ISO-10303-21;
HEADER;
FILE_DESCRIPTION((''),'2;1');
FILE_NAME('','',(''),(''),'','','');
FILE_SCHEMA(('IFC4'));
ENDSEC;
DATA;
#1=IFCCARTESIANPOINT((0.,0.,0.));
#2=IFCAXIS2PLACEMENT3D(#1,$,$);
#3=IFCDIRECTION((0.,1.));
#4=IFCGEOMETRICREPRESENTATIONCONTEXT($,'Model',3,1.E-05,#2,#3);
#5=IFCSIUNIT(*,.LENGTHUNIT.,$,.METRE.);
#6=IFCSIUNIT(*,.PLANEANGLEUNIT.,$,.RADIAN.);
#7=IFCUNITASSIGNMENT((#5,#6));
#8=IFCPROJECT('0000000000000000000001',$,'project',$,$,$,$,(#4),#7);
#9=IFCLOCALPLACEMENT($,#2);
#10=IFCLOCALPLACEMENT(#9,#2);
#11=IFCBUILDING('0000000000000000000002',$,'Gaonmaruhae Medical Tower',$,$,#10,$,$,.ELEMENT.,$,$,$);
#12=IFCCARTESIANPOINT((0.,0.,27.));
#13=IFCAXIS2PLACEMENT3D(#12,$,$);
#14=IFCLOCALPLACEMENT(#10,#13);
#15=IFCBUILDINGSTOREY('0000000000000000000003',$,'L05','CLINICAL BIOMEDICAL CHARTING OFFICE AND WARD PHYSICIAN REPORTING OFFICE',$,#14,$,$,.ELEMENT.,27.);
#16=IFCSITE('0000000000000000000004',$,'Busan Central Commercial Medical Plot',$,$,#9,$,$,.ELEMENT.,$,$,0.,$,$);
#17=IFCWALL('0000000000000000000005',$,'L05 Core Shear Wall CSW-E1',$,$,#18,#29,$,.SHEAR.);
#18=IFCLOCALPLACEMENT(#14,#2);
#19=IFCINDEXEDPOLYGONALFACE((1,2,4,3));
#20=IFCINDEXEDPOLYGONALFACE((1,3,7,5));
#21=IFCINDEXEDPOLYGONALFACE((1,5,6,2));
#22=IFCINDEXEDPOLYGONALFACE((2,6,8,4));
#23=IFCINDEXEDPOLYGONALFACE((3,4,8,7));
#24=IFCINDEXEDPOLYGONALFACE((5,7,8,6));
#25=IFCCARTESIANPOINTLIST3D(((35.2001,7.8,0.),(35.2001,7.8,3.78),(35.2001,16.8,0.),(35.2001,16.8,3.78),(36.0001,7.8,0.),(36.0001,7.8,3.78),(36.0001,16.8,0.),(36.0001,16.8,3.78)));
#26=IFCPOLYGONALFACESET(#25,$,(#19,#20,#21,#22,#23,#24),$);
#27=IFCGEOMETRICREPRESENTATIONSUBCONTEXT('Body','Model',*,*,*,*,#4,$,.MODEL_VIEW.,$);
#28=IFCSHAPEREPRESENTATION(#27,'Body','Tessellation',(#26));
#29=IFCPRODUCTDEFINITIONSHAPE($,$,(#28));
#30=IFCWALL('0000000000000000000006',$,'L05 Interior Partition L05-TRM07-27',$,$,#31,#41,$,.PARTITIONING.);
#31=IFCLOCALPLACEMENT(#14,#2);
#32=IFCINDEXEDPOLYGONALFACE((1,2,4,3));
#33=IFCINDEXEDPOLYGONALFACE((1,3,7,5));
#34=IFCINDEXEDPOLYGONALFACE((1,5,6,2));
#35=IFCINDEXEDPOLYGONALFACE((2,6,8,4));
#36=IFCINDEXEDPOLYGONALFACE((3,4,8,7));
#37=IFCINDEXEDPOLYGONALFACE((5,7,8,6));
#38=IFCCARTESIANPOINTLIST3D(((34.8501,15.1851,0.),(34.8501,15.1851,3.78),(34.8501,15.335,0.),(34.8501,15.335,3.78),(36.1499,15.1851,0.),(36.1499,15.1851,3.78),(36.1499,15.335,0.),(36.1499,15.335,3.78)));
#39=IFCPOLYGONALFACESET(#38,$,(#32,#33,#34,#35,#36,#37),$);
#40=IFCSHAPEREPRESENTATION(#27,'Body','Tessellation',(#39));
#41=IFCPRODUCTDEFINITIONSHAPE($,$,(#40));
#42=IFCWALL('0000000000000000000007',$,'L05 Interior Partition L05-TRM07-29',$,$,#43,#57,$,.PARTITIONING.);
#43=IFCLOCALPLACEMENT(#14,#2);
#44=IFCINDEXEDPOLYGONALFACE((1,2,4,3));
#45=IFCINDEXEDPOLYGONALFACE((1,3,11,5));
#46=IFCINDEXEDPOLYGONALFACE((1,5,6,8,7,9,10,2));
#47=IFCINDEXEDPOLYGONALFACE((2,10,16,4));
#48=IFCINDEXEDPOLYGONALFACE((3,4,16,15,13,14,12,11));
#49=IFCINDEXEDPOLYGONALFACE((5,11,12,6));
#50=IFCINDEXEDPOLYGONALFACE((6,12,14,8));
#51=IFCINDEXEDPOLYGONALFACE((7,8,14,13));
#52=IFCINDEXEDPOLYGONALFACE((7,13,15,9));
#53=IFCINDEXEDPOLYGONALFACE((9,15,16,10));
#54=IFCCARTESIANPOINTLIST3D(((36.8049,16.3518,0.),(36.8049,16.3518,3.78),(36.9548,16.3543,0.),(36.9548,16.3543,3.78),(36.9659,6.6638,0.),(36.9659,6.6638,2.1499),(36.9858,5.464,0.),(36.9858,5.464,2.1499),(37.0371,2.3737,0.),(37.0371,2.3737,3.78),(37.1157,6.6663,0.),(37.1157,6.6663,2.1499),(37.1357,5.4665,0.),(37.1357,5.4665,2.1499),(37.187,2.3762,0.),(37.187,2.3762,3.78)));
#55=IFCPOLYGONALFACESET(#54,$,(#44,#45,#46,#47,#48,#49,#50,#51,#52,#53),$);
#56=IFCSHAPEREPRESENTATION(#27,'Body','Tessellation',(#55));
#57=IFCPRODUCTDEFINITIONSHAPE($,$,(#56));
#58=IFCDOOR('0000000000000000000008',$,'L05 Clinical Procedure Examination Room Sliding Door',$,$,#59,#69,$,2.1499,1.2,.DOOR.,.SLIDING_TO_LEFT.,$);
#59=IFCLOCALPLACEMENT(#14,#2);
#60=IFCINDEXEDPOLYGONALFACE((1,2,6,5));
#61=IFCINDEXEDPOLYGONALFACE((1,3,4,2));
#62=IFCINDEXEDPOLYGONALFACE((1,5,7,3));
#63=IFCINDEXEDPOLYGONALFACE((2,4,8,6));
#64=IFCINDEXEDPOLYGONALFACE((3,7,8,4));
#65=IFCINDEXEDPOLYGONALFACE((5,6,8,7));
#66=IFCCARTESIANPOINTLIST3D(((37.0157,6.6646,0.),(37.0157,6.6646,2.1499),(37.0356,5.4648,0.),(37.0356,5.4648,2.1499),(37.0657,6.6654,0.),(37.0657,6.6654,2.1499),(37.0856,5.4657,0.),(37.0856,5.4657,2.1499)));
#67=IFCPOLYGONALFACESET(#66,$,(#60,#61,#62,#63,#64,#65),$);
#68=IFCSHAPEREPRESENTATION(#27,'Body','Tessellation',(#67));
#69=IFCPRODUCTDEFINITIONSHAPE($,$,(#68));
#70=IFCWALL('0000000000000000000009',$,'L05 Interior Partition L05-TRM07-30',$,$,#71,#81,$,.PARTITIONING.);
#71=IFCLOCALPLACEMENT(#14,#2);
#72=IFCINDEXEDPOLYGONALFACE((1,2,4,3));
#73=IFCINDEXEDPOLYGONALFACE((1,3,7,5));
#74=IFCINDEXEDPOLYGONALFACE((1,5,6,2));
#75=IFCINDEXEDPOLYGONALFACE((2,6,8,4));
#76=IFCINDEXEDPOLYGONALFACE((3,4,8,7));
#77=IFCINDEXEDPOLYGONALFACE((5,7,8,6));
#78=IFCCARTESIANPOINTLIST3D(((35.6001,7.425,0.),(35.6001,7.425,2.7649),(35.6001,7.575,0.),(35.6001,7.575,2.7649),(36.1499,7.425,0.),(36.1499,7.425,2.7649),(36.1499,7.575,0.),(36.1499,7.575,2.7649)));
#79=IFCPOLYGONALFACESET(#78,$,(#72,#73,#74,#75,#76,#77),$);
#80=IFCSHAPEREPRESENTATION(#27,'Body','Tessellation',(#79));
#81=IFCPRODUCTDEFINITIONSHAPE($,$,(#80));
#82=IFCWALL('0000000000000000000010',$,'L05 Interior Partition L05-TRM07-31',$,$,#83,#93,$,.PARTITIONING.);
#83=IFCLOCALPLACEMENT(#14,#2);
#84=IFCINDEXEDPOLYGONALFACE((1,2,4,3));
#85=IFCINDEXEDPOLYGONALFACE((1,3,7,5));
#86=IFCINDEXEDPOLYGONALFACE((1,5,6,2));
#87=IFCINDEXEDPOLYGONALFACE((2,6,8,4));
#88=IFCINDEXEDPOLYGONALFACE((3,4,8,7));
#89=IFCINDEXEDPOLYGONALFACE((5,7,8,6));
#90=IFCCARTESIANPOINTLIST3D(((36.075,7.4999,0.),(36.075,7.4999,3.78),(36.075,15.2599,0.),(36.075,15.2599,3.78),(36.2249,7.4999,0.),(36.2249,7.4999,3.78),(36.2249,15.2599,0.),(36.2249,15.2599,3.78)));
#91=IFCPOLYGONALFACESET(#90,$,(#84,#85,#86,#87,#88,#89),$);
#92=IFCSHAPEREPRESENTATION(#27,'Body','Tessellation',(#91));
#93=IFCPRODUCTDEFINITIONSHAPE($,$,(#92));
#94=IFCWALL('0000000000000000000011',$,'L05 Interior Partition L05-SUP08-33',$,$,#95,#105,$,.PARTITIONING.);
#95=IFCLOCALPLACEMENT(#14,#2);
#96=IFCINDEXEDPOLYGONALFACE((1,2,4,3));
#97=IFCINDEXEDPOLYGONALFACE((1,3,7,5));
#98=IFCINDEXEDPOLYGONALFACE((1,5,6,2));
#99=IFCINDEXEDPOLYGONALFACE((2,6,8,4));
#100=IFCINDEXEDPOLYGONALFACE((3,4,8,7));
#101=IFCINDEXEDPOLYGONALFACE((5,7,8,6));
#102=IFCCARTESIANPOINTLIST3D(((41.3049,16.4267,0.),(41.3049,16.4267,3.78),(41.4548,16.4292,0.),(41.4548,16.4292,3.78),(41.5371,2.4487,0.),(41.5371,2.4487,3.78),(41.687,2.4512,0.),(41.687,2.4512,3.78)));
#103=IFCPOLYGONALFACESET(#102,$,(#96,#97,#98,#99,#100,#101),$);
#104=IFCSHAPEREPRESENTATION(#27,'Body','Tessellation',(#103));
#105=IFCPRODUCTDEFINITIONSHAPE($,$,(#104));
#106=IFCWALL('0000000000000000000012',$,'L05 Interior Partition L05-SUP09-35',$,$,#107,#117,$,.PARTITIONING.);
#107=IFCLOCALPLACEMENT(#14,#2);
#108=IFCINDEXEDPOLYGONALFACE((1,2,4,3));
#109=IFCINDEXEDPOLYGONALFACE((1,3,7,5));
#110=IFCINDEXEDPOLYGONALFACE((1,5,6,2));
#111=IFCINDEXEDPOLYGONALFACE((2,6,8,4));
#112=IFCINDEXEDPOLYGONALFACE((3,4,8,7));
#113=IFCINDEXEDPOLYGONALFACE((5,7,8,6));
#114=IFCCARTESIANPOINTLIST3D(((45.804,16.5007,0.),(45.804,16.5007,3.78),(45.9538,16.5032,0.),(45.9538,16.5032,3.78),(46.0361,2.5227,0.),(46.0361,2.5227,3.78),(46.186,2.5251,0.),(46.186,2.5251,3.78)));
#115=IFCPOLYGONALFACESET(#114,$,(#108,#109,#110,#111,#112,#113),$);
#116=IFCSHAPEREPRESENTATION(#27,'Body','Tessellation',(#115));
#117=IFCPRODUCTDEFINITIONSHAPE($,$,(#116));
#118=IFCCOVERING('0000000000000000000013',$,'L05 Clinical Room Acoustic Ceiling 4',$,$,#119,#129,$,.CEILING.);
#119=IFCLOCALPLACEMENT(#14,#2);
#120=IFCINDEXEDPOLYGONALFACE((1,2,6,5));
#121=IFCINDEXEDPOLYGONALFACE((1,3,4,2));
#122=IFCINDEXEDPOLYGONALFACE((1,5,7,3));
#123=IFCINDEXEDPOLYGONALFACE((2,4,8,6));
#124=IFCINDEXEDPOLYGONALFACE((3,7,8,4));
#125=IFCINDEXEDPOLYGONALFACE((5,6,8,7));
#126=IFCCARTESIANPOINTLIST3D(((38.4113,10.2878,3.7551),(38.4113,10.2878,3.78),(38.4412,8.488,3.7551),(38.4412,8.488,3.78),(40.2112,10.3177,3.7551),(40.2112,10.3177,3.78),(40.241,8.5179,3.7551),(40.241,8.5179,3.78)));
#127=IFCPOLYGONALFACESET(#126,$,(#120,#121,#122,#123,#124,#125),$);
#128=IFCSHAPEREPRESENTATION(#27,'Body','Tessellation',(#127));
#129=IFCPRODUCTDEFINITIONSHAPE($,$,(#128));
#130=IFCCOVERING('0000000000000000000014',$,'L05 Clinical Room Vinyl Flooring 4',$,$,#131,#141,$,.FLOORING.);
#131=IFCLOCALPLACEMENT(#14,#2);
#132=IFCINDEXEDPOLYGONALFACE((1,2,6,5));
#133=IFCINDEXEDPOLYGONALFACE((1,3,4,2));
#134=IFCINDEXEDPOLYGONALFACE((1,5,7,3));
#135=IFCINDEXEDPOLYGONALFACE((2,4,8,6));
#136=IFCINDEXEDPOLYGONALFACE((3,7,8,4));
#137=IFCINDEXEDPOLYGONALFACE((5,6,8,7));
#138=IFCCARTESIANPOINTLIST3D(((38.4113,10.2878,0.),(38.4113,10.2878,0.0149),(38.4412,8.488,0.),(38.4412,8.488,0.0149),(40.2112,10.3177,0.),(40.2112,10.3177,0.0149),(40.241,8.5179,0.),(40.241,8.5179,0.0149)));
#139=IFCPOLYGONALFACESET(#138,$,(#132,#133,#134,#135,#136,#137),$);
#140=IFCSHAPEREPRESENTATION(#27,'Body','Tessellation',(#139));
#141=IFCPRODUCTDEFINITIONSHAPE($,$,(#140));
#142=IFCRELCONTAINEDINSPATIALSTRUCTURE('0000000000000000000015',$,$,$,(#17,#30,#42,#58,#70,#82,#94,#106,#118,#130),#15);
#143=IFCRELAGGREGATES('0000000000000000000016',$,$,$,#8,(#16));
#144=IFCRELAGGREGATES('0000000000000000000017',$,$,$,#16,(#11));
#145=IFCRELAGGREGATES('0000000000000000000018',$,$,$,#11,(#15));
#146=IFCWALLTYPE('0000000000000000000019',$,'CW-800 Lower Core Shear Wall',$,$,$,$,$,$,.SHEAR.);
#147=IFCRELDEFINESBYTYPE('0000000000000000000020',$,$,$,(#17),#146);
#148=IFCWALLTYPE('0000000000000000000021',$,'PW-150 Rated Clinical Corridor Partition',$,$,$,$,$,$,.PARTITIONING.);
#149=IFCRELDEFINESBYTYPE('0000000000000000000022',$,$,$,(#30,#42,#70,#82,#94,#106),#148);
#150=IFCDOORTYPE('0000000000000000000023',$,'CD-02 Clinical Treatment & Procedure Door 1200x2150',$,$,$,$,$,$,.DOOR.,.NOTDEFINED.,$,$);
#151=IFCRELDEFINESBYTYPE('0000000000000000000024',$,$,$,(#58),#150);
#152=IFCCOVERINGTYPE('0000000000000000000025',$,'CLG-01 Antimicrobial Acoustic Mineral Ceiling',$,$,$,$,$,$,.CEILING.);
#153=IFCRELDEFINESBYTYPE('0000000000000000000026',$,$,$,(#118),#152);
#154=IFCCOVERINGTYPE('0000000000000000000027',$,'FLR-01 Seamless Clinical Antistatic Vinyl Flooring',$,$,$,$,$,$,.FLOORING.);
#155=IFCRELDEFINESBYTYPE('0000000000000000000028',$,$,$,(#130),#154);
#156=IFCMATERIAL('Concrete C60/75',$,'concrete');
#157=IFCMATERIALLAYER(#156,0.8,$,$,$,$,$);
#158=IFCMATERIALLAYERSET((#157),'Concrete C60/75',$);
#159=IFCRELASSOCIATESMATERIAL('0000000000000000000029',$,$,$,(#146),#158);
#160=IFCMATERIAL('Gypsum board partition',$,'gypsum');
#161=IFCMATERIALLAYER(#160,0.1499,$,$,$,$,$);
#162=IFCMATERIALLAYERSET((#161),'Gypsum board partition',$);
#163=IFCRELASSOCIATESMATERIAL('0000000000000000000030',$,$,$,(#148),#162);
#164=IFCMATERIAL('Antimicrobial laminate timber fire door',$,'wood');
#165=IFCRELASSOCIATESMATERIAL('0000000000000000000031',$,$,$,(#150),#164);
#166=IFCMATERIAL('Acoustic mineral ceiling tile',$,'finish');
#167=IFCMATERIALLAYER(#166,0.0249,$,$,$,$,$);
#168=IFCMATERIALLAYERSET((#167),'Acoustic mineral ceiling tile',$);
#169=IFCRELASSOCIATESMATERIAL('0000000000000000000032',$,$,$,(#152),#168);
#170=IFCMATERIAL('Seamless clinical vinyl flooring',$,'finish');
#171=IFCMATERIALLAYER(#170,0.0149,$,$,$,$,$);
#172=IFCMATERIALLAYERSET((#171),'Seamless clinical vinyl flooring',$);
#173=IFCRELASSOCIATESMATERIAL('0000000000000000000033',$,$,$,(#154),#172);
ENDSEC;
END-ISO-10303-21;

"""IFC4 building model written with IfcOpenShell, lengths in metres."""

from ifc_helpers import new_model, si_unit, direction, frame, frame_2d, origin, origin_2d, place, context, subcontext, project, spatial, rectangle, extrude, material, layer, layer_set, type_object, element, fill, save


model = new_model("IFC4")

# Units and contexts
model_context = context("Model", 3, precision=1e-05, world=origin(), true_north=direction((0.0, 1.0)))
body_context = subcontext(model_context, "Body", "Model", "MODEL_VIEW")
ifc_project = project(units=[si_unit("LENGTHUNIT", "METRE"), si_unit("PLANEANGLEUNIT", "RADIAN")], contexts=[model_context])

# Site, building, storey
site_placement = place(None, origin())
site = spatial("IfcSite", under=ifc_project, at=site_placement, Name="Busan Central Commercial Medical Plot", CompositionType="ELEMENT", RefElevation=0.0)
building_placement = place(site_placement, origin())
building = spatial("IfcBuilding", under=site, at=building_placement, Name="Gaonmaruhae Medical Tower", CompositionType="ELEMENT")
storey_placement = place(building_placement, frame((0.0, 0.0, 27.0)))
storey = spatial("IfcBuildingStorey", under=building, at=storey_placement, Name="L05", Description="CLINICAL BIOMEDICAL CHARTING OFFICE AND WARD PHYSICIAN REPORTING OFFICE", CompositionType="ELEMENT", Elevation=27.0)

# Shared definitions
ifc_material_1 = material(Name="Concrete C60/75", Category="concrete")

# Walls
ifc_layer_1 = layer(ifc_material_1, 0.8)
ifc_layer_set_1 = layer_set([ifc_layer_1], Name="Concrete C60/75")
wall_type_1 = type_object("IfcWallType", Name="CW-800 Lower Core Shear Wall", PredefinedType="SHEAR", material=ifc_layer_set_1)
wall_1_placement = place(storey_placement, frame((35.6001, 7.8, 0.0), z_axis=(0.0, 0.0, 1.0), x_axis=(0.0, 1.0, 0.0)))
element("IfcWall", 1, at=wall_1_placement, inside=storey, type_object=wall_type_1, Name="L05 Core Shear Wall CSW-E1", PredefinedType="SHEAR", context=body_context, shape_type="SweptSolid", body=[
    extrude(rectangle(XDim=9.0, YDim=0.8, at=frame_2d((4.5, 0.0))), origin(), (0.0, 0.0, 1.0), 3.78),
])
ifc_material_2 = material(Name="Gypsum board partition", Category="gypsum")
ifc_layer_2 = layer(ifc_material_2, 0.1499)
ifc_layer_set_2 = layer_set([ifc_layer_2], Name="Gypsum board partition")
wall_type_2 = type_object("IfcWallType", Name="PW-150 Rated Clinical Corridor Partition", PredefinedType="PARTITIONING", material=ifc_layer_set_2)
wall_2_placement = place(storey_placement, frame((36.1499, 15.26, 0.0), z_axis=(0.0, 0.0, 1.0), x_axis=(-1.0, 0.0, 0.0)))
element("IfcWall", 2, at=wall_2_placement, inside=storey, type_object=wall_type_2, Name="L05 Interior Partition L05-TRM07-27", PredefinedType="PARTITIONING", context=body_context, shape_type="SweptSolid", body=[
    extrude(rectangle(XDim=1.2998, YDim=0.1499, at=frame_2d((0.6499, 0.0))), origin(), (0.0, 0.0, 1.0), 3.78),
])

# Wall, opening, door
wall_3_placement = place(storey_placement, frame((36.8799, 16.353, 0.0), z_axis=(0.0, 0.0, 1.0), x_axis=(0.016608, -0.999862, 0.0)))
wall_3 = element("IfcWall", 3, at=wall_3_placement, inside=storey, type_object=wall_type_2, Name="L05 Interior Partition L05-TRM07-29", PredefinedType="PARTITIONING", context=body_context, shape_type="SweptSolid", body=[
    extrude(rectangle(XDim=13.98, YDim=0.1499, at=frame_2d((6.99, 0.0))), origin(), (0.0, 0.0, 1.0), 3.78),
])
opening_1_placement = place(wall_3_placement, frame((9.6892, 0.0, 0.0)))
opening_1 = element("IfcOpeningElement", 4, at=opening_1_placement, cuts=wall_3, PredefinedType="OPENING", context=body_context, shape_type="SweptSolid", body=[
    extrude(rectangle(XDim=1.2, YDim=2.1499, at=frame_2d((0.6001, 1.075))), frame((0.0, 0.085, 0.0), z_axis=(0.0, -1.0, 0.0), x_axis=(1.0, 0.0, 0.0)), (0.0, 0.0, 1.0), 0.1699),
])
ifc_material_3 = material(Name="Antimicrobial laminate timber fire door", Category="wood")
door_type = type_object("IfcDoorType", Name="CD-02 Clinical Treatment & Procedure Door 1200x2150", OperationType="NOTDEFINED", PredefinedType="DOOR", material=ifc_material_3)
door_1_placement = place(opening_1_placement, origin())
door_1 = element("IfcDoor", 5, at=door_1_placement, inside=storey, type_object=door_type, Name="L05 Clinical Procedure Examination Room Sliding Door", OperationType="SLIDING_TO_LEFT", OverallHeight=2.1499, OverallWidth=1.2, PredefinedType="DOOR", context=body_context, shape_type="SweptSolid", body=[
    extrude(rectangle(XDim=1.2, YDim=2.1499, at=frame_2d((0.6001, 1.075))), frame((0.0, 0.0249, 0.0), z_axis=(0.0, -1.0, 0.0), x_axis=(1.0, 0.0, 0.0)), (0.0, 0.0, 1.0), 0.05),
])
fill(opening_1, door_1)

# Walls
wall_4_placement = place(storey_placement, frame((35.6001, 7.5, 0.0), z_axis=(0.0, 0.0, 1.0), x_axis=(1.0, 0.0, 0.0)))
element("IfcWall", 6, at=wall_4_placement, inside=storey, type_object=wall_type_2, Name="L05 Interior Partition L05-TRM07-30", PredefinedType="PARTITIONING", context=body_context, shape_type="SweptSolid", body=[
    extrude(rectangle(XDim=0.5498, YDim=0.1499, at=frame_2d((0.2749, 0.0))), origin(), (0.0, 0.0, 1.0), 2.7649),
])
wall_5_placement = place(storey_placement, frame((36.1499, 7.5, 0.0), z_axis=(0.0, 0.0, 1.0), x_axis=(0.0, 1.0, 0.0)))
element("IfcWall", 7, at=wall_5_placement, inside=storey, type_object=wall_type_2, Name="L05 Interior Partition L05-TRM07-31", PredefinedType="PARTITIONING", context=body_context, shape_type="SweptSolid", body=[
    extrude(rectangle(XDim=7.76, YDim=0.1499, at=frame_2d((3.8799, 0.0))), origin(), (0.0, 0.0, 1.0), 3.78),
])

# Wall
wall_6_placement = place(storey_placement, frame((41.3799, 16.428, 0.0), z_axis=(0.0, 0.0, 1.0), x_axis=(0.016608, -0.999862, 0.0)))
element("IfcWall", 8, at=wall_6_placement, inside=storey, type_object=wall_type_2, Name="L05 Interior Partition L05-SUP08-33", PredefinedType="PARTITIONING", context=body_context, shape_type="SweptSolid", body=[
    extrude(rectangle(XDim=13.98, YDim=0.1499, at=frame_2d((6.99, 0.0))), origin(), (0.0, 0.0, 1.0), 3.78),
])

# Wall
wall_7_placement = place(storey_placement, frame((45.8789, 16.502, 0.0), z_axis=(0.0, 0.0, 1.0), x_axis=(0.016608, -0.999862, 0.0)))
element("IfcWall", 9, at=wall_7_placement, inside=storey, type_object=wall_type_2, Name="L05 Interior Partition L05-SUP09-35", PredefinedType="PARTITIONING", context=body_context, shape_type="SweptSolid", body=[
    extrude(rectangle(XDim=13.98, YDim=0.1499, at=frame_2d((6.99, 0.0))), origin(), (0.0, 0.0, 1.0), 3.78),
])

# Coverings
ifc_material_4 = material(Name="Acoustic mineral ceiling tile", Category="finish")
ifc_layer_3 = layer(ifc_material_4, 0.0249)
ifc_layer_set_3 = layer_set([ifc_layer_3], Name="Acoustic mineral ceiling tile")
covering_type_1 = type_object("IfcCoveringType", Name="CLG-01 Antimicrobial Acoustic Mineral Ceiling", PredefinedType="CEILING", material=ifc_layer_set_3)
covering_1_placement = place(storey_placement, frame((39.3262, 9.4028, 3.7551), z_axis=(0.0, 0.0, 1.0), x_axis=(0.999863, 0.01658, 0.0)))
element("IfcCovering", 10, at=covering_1_placement, inside=storey, type_object=covering_type_1, Name="L05 Clinical Room Acoustic Ceiling 4", PredefinedType="CEILING", context=body_context, shape_type="SweptSolid", body=[
    extrude(rectangle(XDim=1.8, YDim=1.8, at=origin_2d()), origin(), (0.0, 0.0, 1.0), 0.0249),
])
ifc_material_5 = material(Name="Seamless clinical vinyl flooring", Category="finish")
ifc_layer_4 = layer(ifc_material_5, 0.0149)
ifc_layer_set_4 = layer_set([ifc_layer_4], Name="Seamless clinical vinyl flooring")
covering_type_2 = type_object("IfcCoveringType", Name="FLR-01 Seamless Clinical Antistatic Vinyl Flooring", PredefinedType="FLOORING", material=ifc_layer_set_4)
covering_2_placement = place(storey_placement, frame((39.3262, 9.4028, 0.0), z_axis=(0.0, 0.0, 1.0), x_axis=(0.999863, 0.01658, 0.0)))
element("IfcCovering", 11, at=covering_2_placement, inside=storey, type_object=covering_type_2, Name="L05 Clinical Room Vinyl Flooring 4", PredefinedType="FLOORING", context=body_context, shape_type="SweptSolid", body=[
    extrude(rectangle(XDim=1.8, YDim=1.8, at=origin_2d()), origin(), (0.0, 0.0, 1.0), 0.0149),
])

save(model, "model.ifc")
